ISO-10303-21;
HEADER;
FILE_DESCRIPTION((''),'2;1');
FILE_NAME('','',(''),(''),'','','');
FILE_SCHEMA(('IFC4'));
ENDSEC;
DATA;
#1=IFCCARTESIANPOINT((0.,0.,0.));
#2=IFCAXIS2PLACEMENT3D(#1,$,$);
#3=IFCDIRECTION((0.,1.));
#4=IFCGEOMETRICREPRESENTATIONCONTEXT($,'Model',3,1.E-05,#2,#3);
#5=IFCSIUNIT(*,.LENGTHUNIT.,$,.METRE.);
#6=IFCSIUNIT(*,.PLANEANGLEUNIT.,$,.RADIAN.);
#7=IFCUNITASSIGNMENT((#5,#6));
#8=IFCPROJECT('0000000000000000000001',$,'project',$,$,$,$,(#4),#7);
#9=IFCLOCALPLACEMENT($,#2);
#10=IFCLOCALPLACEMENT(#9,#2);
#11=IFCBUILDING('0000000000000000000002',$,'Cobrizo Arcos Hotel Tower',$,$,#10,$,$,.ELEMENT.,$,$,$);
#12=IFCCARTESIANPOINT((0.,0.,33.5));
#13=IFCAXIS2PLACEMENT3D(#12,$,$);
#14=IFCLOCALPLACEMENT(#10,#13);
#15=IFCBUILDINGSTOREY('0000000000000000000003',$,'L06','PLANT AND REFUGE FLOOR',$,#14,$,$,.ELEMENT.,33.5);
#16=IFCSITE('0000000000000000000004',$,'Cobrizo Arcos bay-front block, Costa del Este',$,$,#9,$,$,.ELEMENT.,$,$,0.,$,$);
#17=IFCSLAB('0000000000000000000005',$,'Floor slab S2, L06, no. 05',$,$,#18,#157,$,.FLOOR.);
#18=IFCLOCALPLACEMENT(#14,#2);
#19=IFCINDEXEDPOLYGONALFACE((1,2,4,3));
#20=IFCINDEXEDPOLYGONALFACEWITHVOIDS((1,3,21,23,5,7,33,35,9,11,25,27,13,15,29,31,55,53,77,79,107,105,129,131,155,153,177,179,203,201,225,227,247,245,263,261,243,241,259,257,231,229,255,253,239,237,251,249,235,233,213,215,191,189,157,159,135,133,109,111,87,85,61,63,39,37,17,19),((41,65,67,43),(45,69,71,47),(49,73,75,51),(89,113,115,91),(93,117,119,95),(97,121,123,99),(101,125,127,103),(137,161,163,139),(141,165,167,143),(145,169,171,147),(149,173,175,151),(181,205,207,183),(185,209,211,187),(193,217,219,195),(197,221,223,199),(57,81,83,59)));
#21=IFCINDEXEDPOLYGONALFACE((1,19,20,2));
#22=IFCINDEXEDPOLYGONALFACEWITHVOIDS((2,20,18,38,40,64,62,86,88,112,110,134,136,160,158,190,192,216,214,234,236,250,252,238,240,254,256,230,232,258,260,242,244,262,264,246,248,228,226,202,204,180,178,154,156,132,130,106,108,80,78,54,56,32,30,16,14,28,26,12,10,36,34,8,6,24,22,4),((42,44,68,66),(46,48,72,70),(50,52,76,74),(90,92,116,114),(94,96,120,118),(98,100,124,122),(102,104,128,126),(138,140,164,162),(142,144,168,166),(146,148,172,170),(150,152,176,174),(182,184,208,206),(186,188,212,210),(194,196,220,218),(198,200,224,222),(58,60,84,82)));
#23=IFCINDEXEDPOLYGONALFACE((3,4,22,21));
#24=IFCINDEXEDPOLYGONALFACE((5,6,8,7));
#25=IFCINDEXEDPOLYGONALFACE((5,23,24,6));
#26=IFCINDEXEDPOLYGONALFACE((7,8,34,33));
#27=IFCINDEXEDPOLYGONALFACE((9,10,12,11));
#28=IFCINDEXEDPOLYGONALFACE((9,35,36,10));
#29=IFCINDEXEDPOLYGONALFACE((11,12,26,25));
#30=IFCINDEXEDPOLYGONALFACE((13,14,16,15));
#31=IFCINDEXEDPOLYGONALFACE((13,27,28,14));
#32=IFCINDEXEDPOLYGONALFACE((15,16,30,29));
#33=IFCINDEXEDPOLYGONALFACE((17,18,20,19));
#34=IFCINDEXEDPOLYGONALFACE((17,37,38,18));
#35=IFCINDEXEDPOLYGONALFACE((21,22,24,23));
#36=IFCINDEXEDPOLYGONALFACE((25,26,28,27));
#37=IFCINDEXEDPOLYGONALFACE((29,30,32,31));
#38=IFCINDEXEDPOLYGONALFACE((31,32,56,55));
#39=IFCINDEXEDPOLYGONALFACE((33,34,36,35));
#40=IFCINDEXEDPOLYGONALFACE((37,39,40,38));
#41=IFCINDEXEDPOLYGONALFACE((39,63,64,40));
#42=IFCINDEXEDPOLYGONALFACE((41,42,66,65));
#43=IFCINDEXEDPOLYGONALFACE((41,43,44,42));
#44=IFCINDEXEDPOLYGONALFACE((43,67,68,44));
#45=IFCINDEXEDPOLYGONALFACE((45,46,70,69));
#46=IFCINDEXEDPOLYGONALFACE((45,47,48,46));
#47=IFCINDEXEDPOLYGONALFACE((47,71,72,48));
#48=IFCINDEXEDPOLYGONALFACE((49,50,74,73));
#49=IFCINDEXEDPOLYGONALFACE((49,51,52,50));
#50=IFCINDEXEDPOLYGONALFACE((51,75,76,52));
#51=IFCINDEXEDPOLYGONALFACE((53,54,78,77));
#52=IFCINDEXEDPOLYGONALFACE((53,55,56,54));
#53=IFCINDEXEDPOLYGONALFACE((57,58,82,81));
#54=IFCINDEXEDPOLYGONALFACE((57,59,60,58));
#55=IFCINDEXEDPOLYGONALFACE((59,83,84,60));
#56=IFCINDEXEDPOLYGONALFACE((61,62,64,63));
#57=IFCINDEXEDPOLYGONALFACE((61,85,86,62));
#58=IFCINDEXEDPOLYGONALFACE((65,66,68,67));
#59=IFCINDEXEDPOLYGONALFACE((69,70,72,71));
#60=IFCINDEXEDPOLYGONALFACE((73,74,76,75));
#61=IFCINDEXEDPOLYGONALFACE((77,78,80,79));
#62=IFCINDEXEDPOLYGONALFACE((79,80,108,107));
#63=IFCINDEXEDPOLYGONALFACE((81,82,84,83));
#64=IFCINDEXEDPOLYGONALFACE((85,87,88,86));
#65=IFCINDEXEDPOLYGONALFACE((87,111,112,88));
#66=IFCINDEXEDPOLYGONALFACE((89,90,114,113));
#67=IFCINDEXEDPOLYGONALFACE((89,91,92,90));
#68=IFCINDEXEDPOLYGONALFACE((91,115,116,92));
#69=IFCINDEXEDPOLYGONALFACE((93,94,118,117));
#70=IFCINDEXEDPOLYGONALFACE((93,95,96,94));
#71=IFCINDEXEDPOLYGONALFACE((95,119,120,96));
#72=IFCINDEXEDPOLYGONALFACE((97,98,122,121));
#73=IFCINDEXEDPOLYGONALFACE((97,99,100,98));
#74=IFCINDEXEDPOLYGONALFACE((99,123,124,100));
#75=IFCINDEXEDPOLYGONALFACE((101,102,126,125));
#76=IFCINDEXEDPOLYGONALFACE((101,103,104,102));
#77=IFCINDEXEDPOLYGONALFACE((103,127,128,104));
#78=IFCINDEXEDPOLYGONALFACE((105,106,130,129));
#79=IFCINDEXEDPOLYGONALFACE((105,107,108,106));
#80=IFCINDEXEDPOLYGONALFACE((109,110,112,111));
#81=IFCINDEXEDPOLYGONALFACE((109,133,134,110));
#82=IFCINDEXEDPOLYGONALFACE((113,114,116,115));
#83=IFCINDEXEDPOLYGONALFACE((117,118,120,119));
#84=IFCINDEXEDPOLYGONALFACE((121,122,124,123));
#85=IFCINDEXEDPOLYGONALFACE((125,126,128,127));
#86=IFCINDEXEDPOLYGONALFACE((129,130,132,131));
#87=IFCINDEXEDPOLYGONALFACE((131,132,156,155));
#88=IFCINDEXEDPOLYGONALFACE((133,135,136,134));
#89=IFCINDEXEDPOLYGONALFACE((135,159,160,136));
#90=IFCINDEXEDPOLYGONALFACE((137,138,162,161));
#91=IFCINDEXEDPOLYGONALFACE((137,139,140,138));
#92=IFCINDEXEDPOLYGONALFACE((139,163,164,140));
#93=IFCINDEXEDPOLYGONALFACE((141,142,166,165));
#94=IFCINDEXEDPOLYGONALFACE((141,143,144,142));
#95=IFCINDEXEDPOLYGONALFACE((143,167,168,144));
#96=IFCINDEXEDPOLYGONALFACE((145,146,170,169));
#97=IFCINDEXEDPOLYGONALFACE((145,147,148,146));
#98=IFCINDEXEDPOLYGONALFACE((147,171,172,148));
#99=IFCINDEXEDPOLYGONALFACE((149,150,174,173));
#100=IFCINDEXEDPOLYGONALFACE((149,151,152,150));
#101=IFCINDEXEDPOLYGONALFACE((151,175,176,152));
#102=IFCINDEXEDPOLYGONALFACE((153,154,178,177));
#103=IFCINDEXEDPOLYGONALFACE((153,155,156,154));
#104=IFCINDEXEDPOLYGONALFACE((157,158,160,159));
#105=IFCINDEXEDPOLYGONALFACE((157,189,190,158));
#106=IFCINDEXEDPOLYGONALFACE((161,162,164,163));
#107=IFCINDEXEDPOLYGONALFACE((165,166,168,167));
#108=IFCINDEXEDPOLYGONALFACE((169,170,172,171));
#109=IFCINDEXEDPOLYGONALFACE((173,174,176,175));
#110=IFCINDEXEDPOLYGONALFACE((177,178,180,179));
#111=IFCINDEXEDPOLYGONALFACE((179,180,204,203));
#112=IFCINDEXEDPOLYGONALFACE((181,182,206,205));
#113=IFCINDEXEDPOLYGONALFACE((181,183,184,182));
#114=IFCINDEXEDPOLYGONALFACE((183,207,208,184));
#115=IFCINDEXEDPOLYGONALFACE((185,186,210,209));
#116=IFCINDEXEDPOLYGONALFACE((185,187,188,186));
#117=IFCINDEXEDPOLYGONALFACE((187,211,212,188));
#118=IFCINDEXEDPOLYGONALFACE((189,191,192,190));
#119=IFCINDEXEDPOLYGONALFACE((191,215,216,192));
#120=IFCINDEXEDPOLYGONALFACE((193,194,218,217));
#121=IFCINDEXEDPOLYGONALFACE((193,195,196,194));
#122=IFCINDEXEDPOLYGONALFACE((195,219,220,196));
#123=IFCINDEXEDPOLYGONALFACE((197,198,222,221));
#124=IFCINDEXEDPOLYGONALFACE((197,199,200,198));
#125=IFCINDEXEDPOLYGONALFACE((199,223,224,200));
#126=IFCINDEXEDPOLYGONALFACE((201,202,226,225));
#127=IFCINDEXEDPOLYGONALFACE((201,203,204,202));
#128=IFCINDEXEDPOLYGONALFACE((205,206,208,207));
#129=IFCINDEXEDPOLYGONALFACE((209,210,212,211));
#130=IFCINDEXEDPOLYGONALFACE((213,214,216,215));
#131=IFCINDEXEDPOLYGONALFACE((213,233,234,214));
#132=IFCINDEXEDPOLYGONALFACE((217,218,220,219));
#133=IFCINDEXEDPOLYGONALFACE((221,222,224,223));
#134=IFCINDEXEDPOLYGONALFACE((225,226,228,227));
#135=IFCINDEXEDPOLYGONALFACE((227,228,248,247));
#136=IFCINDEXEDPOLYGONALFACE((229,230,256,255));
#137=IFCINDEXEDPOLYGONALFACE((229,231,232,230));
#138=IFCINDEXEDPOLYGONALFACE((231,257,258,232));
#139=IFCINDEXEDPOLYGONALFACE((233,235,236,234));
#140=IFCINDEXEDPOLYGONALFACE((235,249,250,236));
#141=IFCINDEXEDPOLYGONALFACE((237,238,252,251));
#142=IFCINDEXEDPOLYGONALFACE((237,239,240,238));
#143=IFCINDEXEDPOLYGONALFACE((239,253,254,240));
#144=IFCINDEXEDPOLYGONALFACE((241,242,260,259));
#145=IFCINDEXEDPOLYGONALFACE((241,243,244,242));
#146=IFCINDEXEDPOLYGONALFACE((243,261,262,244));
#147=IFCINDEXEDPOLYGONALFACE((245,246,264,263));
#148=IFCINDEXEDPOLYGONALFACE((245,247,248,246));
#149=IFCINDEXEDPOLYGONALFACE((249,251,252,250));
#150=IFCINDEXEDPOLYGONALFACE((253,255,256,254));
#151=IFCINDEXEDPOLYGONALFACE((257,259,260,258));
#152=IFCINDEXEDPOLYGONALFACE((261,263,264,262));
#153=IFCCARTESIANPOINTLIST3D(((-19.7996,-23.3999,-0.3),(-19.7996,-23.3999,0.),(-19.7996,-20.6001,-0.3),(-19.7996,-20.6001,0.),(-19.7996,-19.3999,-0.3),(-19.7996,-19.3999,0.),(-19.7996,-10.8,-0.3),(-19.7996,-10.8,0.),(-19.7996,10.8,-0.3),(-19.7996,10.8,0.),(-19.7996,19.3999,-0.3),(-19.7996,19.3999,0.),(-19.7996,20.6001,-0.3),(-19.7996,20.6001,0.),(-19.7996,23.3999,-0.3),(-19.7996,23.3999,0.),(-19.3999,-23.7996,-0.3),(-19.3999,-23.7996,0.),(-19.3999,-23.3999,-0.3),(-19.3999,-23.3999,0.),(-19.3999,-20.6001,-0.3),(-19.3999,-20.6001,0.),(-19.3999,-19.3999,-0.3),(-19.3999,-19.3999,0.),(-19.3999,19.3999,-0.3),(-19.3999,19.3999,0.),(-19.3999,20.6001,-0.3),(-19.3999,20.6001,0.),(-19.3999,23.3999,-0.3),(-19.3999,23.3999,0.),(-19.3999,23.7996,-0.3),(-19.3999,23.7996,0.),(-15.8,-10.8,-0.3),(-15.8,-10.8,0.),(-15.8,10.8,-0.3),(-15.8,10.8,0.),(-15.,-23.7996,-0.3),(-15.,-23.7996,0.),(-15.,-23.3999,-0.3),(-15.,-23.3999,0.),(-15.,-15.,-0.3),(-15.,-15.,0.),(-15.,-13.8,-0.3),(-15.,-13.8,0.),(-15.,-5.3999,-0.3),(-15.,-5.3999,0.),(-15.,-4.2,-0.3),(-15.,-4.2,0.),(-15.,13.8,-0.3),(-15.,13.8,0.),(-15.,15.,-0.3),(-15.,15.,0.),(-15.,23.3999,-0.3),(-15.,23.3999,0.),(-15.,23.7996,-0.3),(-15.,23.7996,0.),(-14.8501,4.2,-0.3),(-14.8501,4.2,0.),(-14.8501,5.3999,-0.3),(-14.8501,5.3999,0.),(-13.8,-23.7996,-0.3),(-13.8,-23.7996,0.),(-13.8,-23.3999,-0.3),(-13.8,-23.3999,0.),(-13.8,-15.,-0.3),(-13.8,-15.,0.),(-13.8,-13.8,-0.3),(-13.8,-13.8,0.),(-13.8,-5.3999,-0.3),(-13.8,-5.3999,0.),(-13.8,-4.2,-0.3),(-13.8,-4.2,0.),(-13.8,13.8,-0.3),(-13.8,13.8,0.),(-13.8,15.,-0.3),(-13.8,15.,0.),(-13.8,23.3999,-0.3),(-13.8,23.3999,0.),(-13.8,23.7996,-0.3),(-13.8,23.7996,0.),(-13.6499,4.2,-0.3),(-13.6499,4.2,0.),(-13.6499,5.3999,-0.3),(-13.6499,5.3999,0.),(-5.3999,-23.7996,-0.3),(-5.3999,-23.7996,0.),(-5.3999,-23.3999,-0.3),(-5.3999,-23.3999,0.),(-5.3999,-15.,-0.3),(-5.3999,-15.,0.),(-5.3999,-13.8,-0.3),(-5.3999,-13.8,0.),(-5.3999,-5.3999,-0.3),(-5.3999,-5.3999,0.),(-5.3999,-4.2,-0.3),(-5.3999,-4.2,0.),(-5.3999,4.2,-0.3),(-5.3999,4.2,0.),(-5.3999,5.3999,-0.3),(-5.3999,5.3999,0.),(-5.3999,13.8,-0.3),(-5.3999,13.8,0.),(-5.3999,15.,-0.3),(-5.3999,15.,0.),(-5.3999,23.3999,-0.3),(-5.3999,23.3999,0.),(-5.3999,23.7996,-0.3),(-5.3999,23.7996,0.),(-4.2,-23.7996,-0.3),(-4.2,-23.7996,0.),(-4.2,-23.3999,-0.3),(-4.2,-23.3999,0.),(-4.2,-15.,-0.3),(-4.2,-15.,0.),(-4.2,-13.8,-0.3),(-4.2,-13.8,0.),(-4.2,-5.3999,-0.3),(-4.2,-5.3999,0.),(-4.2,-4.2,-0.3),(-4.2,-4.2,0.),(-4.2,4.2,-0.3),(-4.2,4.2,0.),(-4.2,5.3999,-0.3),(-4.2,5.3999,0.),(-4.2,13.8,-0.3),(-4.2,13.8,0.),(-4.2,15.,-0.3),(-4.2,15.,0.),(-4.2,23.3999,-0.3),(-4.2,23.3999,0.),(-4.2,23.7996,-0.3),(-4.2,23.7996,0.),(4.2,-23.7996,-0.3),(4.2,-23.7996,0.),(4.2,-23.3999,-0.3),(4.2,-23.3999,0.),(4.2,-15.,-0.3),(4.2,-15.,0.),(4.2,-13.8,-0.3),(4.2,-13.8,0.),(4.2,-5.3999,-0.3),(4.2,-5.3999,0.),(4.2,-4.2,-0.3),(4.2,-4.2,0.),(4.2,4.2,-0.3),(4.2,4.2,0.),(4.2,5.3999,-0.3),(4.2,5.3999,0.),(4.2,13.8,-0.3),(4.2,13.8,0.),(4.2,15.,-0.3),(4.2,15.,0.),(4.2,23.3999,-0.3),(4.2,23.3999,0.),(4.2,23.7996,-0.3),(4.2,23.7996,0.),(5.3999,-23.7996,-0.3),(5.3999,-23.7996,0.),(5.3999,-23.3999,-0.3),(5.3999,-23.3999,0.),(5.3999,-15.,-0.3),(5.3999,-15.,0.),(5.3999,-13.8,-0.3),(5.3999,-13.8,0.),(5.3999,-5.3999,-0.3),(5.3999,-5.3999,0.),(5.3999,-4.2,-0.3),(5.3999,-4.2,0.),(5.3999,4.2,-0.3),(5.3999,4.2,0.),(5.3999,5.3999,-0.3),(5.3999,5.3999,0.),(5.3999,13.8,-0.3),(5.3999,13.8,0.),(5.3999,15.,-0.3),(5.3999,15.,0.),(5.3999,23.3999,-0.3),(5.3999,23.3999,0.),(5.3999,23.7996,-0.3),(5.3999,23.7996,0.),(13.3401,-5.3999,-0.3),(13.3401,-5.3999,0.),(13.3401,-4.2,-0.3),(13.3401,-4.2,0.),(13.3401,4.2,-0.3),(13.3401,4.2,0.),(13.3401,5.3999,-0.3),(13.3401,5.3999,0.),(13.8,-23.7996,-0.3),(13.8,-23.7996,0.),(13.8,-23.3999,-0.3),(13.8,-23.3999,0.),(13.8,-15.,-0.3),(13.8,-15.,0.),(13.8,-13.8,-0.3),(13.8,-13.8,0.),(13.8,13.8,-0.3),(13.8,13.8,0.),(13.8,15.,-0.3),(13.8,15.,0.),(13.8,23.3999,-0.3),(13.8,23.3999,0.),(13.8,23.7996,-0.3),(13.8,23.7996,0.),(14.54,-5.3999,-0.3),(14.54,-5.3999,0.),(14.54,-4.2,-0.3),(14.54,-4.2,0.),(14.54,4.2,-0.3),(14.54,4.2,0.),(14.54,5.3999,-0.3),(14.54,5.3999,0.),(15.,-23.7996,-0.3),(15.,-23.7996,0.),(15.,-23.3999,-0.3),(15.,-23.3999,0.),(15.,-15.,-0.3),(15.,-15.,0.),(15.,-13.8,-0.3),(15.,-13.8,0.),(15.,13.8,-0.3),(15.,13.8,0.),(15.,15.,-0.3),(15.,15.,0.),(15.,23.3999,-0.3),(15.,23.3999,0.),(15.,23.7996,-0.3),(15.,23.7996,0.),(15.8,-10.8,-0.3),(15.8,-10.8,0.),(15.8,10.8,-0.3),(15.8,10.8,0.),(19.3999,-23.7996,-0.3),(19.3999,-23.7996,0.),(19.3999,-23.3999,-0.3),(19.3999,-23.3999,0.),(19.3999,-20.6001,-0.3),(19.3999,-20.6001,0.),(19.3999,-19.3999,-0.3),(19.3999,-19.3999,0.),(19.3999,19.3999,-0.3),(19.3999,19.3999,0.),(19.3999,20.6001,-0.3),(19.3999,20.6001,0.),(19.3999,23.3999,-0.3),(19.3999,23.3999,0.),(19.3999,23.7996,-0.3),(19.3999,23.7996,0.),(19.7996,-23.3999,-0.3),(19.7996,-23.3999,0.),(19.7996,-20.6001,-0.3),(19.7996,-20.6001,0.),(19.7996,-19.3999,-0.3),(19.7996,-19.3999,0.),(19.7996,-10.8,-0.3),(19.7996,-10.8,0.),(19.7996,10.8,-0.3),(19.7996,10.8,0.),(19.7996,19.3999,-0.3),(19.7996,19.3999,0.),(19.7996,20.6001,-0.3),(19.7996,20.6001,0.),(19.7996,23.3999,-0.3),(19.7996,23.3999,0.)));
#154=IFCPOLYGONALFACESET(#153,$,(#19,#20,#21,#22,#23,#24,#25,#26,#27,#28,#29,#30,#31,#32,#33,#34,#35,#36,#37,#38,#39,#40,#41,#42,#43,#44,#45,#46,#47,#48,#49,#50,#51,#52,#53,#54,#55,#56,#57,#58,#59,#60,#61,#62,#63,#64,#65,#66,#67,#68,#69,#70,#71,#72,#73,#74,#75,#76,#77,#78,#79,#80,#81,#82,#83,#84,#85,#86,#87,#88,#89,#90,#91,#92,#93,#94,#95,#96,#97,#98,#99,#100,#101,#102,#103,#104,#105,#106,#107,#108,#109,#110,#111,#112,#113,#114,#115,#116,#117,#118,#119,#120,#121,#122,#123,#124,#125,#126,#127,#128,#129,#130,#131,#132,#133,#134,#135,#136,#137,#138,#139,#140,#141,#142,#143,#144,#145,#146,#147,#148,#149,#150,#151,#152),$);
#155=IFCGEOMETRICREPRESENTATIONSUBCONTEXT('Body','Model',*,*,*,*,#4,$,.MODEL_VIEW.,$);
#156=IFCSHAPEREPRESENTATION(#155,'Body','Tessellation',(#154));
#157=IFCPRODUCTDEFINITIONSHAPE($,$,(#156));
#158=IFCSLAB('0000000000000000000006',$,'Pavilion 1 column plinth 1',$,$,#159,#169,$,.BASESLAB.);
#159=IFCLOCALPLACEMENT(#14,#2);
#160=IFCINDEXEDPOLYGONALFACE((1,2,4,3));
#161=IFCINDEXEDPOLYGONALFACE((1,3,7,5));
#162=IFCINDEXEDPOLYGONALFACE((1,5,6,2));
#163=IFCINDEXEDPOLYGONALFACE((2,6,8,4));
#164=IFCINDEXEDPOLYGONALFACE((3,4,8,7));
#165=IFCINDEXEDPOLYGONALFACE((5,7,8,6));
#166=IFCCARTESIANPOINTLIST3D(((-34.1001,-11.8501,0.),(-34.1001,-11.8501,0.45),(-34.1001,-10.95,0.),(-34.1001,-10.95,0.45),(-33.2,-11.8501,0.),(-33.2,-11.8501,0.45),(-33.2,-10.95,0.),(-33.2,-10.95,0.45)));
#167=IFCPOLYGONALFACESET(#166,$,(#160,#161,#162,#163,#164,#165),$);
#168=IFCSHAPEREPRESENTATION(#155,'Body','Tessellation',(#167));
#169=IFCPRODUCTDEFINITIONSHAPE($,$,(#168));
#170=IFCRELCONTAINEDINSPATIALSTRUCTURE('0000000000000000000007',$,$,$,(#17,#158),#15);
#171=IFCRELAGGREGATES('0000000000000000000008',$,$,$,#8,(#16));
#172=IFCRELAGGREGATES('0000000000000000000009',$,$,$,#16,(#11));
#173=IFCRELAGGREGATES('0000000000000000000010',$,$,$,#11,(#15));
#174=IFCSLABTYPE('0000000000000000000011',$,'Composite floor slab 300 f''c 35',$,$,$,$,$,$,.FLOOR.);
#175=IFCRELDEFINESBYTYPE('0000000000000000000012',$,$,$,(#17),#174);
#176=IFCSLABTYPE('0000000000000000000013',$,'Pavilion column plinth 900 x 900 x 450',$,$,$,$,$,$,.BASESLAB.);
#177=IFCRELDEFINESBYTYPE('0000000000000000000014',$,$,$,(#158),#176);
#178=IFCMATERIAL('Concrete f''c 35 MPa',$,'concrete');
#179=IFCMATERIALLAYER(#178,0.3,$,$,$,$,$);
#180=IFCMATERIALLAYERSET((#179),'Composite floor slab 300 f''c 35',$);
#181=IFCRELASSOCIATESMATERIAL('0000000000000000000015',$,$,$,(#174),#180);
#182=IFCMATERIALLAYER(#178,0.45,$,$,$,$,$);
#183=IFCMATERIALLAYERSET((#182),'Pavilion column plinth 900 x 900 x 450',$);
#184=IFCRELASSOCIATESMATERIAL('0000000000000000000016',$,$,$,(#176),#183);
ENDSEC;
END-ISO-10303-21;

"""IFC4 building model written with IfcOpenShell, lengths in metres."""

from ifc_helpers import new_model, si_unit, direction, frame, origin, place, context, subcontext, project, spatial, polyline, outline, extrude, material, layer, layer_set, type_object, element, save


model = new_model("IFC4")

# Units and contexts
model_context = context("Model", 3, precision=1e-05, world=origin(), true_north=direction((0.0, 1.0)))
body_context = subcontext(model_context, "Body", "Model", "MODEL_VIEW")
ifc_project = project(units=[si_unit("LENGTHUNIT", "METRE"), si_unit("PLANEANGLEUNIT", "RADIAN")], contexts=[model_context])

# Site, building, storey
site_placement = place(None, origin())
site = spatial("IfcSite", under=ifc_project, at=site_placement, Name="Cobrizo Arcos bay-front block, Costa del Este", CompositionType="ELEMENT", RefElevation=0.0)
building_placement = place(site_placement, origin())
building = spatial("IfcBuilding", under=site, at=building_placement, Name="Cobrizo Arcos Hotel Tower", CompositionType="ELEMENT")
storey_placement = place(building_placement, frame((0.0, 0.0, 33.5)))
storey = spatial("IfcBuildingStorey", under=building, at=storey_placement, Name="L06", Description="PLANT AND REFUGE FLOOR", CompositionType="ELEMENT", Elevation=33.5)

# Slabs
ifc_material_1 = material(Name="Concrete f'c 35 MPa", Category="concrete")
ifc_layer_1 = layer(ifc_material_1, 0.3)
ifc_layer_set_1 = layer_set([ifc_layer_1], Name="Composite floor slab 300 f'c 35")
slab_type_1 = type_object("IfcSlabType", Name="Composite floor slab 300 f'c 35", PredefinedType="FLOOR", material=ifc_layer_set_1)
slab_1_placement = place(storey_placement, frame((0.0, 0.0, -0.3)))
element("IfcSlab", 1, at=slab_1_placement, inside=storey, type_object=slab_type_1, Name="Floor slab S2, L06, no. 05", PredefinedType="FLOOR", context=body_context, shape_type="SweptSolid", body=[
    extrude(outline(polyline([(-13.8, -23.7996), (-13.8, -23.3999), (-15.0, -23.3999), (-15.0, -23.7996), (-19.3999, -23.7996), (-19.3999, -23.3999), (-19.7996, -23.3999), (-19.7996, -20.6001), (-19.3999, -20.6001), (-19.3999, -19.3999), (-19.7996, -19.3999), (-19.7996, -10.8), (-15.8, -10.8), (-15.8, 10.8), (-19.7996, 10.8), (-19.7996, 19.3999), (-19.3999, 19.3999), (-19.3999, 20.6001), (-19.7996, 20.6001), (-19.7996, 23.3999), (-19.3999, 23.3999), (-19.3999, 23.7996), (-15.0, 23.7996), (-15.0, 23.3999), (-13.8, 23.3999), (-13.8, 23.7996), (-5.3999, 23.7996), (-5.3999, 23.3999), (-4.2, 23.3999), (-4.2, 23.7996), (4.2, 23.7996), (4.2, 23.3999), (5.3999, 23.3999), (5.3999, 23.7996), (13.8, 23.7996), (13.8, 23.3999), (15.0, 23.3999), (15.0, 23.7996), (19.3999, 23.7996), (19.3999, 23.3999), (19.7996, 23.3999), (19.7996, 20.6001), (19.3999, 20.6001), (19.3999, 19.3999), (19.7996, 19.3999), (19.7996, 10.8), (15.8, 10.8), (15.8, -10.8), (19.7996, -10.8), (19.7996, -19.3999), (19.3999, -19.3999), (19.3999, -20.6001), (19.7996, -20.6001), (19.7996, -23.3999), (19.3999, -23.3999), (19.3999, -23.7996), (15.0, -23.7996), (15.0, -23.3999), (13.8, -23.3999), (13.8, -23.7996), (5.3999, -23.7996), (5.3999, -23.3999), (4.2, -23.3999), (4.2, -23.7996), (-4.2, -23.7996), (-4.2, -23.3999), (-5.3999, -23.3999), (-5.3999, -23.7996), (-13.8, -23.7996)]), holes=[polyline([(-15.0, 13.8), (-13.8, 13.8), (-13.8, 15.0), (-15.0, 15.0), (-15.0, 13.8)]), polyline([(13.8, -15.0), (15.0, -15.0), (15.0, -13.8), (13.8, -13.8), (13.8, -15.0)]), polyline([(4.2, -15.0), (5.3999, -15.0), (5.3999, -13.8), (4.2, -13.8), (4.2, -15.0)]), polyline([(-5.3999, -15.0), (-4.2, -15.0), (-4.2, -13.8), (-5.3999, -13.8), (-5.3999, -15.0)]), polyline([(-15.0, -15.0), (-13.8, -15.0), (-13.8, -13.8), (-15.0, -13.8), (-15.0, -15.0)]), polyline([(-5.3999, -5.3999), (-4.2, -5.3999), (-4.2, -4.2), (-5.3999, -4.2), (-5.3999, -5.3999)]), polyline([(4.2, -5.3999), (5.3999, -5.3999), (5.3999, -4.2), (4.2, -4.2), (4.2, -5.3999)]), polyline([(13.3401, -5.3999), (14.54, -5.3999), (14.54, -4.2), (13.3401, -4.2), (13.3401, -5.3999)]), polyline([(-13.8, -5.3999), (-13.8, -4.2), (-15.0, -4.2), (-15.0, -5.3999), (-13.8, -5.3999)]), polyline([(-5.3999, 4.2), (-4.2, 4.2), (-4.2, 5.3999), (-5.3999, 5.3999), (-5.3999, 4.2)]), polyline([(4.2, 4.2), (5.3999, 4.2), (5.3999, 5.3999), (4.2, 5.3999), (4.2, 4.2)]), polyline([(-14.8501, 4.2), (-13.6499, 4.2), (-13.6499, 5.3999), (-14.8501, 5.3999), (-14.8501, 4.2)]), polyline([(13.3401, 4.2), (14.54, 4.2), (14.54, 5.3999), (13.3401, 5.3999), (13.3401, 4.2)]), polyline([(-5.3999, 13.8), (-4.2, 13.8), (-4.2, 15.0), (-5.3999, 15.0), (-5.3999, 13.8)]), polyline([(4.2, 13.8), (5.3999, 13.8), (5.3999, 15.0), (4.2, 15.0), (4.2, 13.8)]), polyline([(13.8, 13.8), (15.0, 13.8), (15.0, 15.0), (13.8, 15.0), (13.8, 13.8)])]), origin(), (0.0, 0.0, 1.0), 0.3),
])
ifc_layer_2 = layer(ifc_material_1, 0.45)
ifc_layer_set_2 = layer_set([ifc_layer_2], Name="Pavilion column plinth 900 x 900 x 450")
slab_type_2 = type_object("IfcSlabType", Name="Pavilion column plinth 900 x 900 x 450", PredefinedType="BASESLAB", material=ifc_layer_set_2)
slab_2_placement = place(storey_placement, origin())
element("IfcSlab", 2, at=slab_2_placement, inside=storey, type_object=slab_type_2, Name="Pavilion 1 column plinth 1", PredefinedType="BASESLAB", context=body_context, shape_type="SweptSolid", body=[
    extrude(outline(polyline([(-33.2, -11.8501), (-33.2, -10.95), (-34.1001, -10.95), (-34.1001, -11.8501), (-33.2, -11.8501)])), origin(), (0.0, 0.0, 1.0), 0.45),
])

save(model, "model.ifc")
